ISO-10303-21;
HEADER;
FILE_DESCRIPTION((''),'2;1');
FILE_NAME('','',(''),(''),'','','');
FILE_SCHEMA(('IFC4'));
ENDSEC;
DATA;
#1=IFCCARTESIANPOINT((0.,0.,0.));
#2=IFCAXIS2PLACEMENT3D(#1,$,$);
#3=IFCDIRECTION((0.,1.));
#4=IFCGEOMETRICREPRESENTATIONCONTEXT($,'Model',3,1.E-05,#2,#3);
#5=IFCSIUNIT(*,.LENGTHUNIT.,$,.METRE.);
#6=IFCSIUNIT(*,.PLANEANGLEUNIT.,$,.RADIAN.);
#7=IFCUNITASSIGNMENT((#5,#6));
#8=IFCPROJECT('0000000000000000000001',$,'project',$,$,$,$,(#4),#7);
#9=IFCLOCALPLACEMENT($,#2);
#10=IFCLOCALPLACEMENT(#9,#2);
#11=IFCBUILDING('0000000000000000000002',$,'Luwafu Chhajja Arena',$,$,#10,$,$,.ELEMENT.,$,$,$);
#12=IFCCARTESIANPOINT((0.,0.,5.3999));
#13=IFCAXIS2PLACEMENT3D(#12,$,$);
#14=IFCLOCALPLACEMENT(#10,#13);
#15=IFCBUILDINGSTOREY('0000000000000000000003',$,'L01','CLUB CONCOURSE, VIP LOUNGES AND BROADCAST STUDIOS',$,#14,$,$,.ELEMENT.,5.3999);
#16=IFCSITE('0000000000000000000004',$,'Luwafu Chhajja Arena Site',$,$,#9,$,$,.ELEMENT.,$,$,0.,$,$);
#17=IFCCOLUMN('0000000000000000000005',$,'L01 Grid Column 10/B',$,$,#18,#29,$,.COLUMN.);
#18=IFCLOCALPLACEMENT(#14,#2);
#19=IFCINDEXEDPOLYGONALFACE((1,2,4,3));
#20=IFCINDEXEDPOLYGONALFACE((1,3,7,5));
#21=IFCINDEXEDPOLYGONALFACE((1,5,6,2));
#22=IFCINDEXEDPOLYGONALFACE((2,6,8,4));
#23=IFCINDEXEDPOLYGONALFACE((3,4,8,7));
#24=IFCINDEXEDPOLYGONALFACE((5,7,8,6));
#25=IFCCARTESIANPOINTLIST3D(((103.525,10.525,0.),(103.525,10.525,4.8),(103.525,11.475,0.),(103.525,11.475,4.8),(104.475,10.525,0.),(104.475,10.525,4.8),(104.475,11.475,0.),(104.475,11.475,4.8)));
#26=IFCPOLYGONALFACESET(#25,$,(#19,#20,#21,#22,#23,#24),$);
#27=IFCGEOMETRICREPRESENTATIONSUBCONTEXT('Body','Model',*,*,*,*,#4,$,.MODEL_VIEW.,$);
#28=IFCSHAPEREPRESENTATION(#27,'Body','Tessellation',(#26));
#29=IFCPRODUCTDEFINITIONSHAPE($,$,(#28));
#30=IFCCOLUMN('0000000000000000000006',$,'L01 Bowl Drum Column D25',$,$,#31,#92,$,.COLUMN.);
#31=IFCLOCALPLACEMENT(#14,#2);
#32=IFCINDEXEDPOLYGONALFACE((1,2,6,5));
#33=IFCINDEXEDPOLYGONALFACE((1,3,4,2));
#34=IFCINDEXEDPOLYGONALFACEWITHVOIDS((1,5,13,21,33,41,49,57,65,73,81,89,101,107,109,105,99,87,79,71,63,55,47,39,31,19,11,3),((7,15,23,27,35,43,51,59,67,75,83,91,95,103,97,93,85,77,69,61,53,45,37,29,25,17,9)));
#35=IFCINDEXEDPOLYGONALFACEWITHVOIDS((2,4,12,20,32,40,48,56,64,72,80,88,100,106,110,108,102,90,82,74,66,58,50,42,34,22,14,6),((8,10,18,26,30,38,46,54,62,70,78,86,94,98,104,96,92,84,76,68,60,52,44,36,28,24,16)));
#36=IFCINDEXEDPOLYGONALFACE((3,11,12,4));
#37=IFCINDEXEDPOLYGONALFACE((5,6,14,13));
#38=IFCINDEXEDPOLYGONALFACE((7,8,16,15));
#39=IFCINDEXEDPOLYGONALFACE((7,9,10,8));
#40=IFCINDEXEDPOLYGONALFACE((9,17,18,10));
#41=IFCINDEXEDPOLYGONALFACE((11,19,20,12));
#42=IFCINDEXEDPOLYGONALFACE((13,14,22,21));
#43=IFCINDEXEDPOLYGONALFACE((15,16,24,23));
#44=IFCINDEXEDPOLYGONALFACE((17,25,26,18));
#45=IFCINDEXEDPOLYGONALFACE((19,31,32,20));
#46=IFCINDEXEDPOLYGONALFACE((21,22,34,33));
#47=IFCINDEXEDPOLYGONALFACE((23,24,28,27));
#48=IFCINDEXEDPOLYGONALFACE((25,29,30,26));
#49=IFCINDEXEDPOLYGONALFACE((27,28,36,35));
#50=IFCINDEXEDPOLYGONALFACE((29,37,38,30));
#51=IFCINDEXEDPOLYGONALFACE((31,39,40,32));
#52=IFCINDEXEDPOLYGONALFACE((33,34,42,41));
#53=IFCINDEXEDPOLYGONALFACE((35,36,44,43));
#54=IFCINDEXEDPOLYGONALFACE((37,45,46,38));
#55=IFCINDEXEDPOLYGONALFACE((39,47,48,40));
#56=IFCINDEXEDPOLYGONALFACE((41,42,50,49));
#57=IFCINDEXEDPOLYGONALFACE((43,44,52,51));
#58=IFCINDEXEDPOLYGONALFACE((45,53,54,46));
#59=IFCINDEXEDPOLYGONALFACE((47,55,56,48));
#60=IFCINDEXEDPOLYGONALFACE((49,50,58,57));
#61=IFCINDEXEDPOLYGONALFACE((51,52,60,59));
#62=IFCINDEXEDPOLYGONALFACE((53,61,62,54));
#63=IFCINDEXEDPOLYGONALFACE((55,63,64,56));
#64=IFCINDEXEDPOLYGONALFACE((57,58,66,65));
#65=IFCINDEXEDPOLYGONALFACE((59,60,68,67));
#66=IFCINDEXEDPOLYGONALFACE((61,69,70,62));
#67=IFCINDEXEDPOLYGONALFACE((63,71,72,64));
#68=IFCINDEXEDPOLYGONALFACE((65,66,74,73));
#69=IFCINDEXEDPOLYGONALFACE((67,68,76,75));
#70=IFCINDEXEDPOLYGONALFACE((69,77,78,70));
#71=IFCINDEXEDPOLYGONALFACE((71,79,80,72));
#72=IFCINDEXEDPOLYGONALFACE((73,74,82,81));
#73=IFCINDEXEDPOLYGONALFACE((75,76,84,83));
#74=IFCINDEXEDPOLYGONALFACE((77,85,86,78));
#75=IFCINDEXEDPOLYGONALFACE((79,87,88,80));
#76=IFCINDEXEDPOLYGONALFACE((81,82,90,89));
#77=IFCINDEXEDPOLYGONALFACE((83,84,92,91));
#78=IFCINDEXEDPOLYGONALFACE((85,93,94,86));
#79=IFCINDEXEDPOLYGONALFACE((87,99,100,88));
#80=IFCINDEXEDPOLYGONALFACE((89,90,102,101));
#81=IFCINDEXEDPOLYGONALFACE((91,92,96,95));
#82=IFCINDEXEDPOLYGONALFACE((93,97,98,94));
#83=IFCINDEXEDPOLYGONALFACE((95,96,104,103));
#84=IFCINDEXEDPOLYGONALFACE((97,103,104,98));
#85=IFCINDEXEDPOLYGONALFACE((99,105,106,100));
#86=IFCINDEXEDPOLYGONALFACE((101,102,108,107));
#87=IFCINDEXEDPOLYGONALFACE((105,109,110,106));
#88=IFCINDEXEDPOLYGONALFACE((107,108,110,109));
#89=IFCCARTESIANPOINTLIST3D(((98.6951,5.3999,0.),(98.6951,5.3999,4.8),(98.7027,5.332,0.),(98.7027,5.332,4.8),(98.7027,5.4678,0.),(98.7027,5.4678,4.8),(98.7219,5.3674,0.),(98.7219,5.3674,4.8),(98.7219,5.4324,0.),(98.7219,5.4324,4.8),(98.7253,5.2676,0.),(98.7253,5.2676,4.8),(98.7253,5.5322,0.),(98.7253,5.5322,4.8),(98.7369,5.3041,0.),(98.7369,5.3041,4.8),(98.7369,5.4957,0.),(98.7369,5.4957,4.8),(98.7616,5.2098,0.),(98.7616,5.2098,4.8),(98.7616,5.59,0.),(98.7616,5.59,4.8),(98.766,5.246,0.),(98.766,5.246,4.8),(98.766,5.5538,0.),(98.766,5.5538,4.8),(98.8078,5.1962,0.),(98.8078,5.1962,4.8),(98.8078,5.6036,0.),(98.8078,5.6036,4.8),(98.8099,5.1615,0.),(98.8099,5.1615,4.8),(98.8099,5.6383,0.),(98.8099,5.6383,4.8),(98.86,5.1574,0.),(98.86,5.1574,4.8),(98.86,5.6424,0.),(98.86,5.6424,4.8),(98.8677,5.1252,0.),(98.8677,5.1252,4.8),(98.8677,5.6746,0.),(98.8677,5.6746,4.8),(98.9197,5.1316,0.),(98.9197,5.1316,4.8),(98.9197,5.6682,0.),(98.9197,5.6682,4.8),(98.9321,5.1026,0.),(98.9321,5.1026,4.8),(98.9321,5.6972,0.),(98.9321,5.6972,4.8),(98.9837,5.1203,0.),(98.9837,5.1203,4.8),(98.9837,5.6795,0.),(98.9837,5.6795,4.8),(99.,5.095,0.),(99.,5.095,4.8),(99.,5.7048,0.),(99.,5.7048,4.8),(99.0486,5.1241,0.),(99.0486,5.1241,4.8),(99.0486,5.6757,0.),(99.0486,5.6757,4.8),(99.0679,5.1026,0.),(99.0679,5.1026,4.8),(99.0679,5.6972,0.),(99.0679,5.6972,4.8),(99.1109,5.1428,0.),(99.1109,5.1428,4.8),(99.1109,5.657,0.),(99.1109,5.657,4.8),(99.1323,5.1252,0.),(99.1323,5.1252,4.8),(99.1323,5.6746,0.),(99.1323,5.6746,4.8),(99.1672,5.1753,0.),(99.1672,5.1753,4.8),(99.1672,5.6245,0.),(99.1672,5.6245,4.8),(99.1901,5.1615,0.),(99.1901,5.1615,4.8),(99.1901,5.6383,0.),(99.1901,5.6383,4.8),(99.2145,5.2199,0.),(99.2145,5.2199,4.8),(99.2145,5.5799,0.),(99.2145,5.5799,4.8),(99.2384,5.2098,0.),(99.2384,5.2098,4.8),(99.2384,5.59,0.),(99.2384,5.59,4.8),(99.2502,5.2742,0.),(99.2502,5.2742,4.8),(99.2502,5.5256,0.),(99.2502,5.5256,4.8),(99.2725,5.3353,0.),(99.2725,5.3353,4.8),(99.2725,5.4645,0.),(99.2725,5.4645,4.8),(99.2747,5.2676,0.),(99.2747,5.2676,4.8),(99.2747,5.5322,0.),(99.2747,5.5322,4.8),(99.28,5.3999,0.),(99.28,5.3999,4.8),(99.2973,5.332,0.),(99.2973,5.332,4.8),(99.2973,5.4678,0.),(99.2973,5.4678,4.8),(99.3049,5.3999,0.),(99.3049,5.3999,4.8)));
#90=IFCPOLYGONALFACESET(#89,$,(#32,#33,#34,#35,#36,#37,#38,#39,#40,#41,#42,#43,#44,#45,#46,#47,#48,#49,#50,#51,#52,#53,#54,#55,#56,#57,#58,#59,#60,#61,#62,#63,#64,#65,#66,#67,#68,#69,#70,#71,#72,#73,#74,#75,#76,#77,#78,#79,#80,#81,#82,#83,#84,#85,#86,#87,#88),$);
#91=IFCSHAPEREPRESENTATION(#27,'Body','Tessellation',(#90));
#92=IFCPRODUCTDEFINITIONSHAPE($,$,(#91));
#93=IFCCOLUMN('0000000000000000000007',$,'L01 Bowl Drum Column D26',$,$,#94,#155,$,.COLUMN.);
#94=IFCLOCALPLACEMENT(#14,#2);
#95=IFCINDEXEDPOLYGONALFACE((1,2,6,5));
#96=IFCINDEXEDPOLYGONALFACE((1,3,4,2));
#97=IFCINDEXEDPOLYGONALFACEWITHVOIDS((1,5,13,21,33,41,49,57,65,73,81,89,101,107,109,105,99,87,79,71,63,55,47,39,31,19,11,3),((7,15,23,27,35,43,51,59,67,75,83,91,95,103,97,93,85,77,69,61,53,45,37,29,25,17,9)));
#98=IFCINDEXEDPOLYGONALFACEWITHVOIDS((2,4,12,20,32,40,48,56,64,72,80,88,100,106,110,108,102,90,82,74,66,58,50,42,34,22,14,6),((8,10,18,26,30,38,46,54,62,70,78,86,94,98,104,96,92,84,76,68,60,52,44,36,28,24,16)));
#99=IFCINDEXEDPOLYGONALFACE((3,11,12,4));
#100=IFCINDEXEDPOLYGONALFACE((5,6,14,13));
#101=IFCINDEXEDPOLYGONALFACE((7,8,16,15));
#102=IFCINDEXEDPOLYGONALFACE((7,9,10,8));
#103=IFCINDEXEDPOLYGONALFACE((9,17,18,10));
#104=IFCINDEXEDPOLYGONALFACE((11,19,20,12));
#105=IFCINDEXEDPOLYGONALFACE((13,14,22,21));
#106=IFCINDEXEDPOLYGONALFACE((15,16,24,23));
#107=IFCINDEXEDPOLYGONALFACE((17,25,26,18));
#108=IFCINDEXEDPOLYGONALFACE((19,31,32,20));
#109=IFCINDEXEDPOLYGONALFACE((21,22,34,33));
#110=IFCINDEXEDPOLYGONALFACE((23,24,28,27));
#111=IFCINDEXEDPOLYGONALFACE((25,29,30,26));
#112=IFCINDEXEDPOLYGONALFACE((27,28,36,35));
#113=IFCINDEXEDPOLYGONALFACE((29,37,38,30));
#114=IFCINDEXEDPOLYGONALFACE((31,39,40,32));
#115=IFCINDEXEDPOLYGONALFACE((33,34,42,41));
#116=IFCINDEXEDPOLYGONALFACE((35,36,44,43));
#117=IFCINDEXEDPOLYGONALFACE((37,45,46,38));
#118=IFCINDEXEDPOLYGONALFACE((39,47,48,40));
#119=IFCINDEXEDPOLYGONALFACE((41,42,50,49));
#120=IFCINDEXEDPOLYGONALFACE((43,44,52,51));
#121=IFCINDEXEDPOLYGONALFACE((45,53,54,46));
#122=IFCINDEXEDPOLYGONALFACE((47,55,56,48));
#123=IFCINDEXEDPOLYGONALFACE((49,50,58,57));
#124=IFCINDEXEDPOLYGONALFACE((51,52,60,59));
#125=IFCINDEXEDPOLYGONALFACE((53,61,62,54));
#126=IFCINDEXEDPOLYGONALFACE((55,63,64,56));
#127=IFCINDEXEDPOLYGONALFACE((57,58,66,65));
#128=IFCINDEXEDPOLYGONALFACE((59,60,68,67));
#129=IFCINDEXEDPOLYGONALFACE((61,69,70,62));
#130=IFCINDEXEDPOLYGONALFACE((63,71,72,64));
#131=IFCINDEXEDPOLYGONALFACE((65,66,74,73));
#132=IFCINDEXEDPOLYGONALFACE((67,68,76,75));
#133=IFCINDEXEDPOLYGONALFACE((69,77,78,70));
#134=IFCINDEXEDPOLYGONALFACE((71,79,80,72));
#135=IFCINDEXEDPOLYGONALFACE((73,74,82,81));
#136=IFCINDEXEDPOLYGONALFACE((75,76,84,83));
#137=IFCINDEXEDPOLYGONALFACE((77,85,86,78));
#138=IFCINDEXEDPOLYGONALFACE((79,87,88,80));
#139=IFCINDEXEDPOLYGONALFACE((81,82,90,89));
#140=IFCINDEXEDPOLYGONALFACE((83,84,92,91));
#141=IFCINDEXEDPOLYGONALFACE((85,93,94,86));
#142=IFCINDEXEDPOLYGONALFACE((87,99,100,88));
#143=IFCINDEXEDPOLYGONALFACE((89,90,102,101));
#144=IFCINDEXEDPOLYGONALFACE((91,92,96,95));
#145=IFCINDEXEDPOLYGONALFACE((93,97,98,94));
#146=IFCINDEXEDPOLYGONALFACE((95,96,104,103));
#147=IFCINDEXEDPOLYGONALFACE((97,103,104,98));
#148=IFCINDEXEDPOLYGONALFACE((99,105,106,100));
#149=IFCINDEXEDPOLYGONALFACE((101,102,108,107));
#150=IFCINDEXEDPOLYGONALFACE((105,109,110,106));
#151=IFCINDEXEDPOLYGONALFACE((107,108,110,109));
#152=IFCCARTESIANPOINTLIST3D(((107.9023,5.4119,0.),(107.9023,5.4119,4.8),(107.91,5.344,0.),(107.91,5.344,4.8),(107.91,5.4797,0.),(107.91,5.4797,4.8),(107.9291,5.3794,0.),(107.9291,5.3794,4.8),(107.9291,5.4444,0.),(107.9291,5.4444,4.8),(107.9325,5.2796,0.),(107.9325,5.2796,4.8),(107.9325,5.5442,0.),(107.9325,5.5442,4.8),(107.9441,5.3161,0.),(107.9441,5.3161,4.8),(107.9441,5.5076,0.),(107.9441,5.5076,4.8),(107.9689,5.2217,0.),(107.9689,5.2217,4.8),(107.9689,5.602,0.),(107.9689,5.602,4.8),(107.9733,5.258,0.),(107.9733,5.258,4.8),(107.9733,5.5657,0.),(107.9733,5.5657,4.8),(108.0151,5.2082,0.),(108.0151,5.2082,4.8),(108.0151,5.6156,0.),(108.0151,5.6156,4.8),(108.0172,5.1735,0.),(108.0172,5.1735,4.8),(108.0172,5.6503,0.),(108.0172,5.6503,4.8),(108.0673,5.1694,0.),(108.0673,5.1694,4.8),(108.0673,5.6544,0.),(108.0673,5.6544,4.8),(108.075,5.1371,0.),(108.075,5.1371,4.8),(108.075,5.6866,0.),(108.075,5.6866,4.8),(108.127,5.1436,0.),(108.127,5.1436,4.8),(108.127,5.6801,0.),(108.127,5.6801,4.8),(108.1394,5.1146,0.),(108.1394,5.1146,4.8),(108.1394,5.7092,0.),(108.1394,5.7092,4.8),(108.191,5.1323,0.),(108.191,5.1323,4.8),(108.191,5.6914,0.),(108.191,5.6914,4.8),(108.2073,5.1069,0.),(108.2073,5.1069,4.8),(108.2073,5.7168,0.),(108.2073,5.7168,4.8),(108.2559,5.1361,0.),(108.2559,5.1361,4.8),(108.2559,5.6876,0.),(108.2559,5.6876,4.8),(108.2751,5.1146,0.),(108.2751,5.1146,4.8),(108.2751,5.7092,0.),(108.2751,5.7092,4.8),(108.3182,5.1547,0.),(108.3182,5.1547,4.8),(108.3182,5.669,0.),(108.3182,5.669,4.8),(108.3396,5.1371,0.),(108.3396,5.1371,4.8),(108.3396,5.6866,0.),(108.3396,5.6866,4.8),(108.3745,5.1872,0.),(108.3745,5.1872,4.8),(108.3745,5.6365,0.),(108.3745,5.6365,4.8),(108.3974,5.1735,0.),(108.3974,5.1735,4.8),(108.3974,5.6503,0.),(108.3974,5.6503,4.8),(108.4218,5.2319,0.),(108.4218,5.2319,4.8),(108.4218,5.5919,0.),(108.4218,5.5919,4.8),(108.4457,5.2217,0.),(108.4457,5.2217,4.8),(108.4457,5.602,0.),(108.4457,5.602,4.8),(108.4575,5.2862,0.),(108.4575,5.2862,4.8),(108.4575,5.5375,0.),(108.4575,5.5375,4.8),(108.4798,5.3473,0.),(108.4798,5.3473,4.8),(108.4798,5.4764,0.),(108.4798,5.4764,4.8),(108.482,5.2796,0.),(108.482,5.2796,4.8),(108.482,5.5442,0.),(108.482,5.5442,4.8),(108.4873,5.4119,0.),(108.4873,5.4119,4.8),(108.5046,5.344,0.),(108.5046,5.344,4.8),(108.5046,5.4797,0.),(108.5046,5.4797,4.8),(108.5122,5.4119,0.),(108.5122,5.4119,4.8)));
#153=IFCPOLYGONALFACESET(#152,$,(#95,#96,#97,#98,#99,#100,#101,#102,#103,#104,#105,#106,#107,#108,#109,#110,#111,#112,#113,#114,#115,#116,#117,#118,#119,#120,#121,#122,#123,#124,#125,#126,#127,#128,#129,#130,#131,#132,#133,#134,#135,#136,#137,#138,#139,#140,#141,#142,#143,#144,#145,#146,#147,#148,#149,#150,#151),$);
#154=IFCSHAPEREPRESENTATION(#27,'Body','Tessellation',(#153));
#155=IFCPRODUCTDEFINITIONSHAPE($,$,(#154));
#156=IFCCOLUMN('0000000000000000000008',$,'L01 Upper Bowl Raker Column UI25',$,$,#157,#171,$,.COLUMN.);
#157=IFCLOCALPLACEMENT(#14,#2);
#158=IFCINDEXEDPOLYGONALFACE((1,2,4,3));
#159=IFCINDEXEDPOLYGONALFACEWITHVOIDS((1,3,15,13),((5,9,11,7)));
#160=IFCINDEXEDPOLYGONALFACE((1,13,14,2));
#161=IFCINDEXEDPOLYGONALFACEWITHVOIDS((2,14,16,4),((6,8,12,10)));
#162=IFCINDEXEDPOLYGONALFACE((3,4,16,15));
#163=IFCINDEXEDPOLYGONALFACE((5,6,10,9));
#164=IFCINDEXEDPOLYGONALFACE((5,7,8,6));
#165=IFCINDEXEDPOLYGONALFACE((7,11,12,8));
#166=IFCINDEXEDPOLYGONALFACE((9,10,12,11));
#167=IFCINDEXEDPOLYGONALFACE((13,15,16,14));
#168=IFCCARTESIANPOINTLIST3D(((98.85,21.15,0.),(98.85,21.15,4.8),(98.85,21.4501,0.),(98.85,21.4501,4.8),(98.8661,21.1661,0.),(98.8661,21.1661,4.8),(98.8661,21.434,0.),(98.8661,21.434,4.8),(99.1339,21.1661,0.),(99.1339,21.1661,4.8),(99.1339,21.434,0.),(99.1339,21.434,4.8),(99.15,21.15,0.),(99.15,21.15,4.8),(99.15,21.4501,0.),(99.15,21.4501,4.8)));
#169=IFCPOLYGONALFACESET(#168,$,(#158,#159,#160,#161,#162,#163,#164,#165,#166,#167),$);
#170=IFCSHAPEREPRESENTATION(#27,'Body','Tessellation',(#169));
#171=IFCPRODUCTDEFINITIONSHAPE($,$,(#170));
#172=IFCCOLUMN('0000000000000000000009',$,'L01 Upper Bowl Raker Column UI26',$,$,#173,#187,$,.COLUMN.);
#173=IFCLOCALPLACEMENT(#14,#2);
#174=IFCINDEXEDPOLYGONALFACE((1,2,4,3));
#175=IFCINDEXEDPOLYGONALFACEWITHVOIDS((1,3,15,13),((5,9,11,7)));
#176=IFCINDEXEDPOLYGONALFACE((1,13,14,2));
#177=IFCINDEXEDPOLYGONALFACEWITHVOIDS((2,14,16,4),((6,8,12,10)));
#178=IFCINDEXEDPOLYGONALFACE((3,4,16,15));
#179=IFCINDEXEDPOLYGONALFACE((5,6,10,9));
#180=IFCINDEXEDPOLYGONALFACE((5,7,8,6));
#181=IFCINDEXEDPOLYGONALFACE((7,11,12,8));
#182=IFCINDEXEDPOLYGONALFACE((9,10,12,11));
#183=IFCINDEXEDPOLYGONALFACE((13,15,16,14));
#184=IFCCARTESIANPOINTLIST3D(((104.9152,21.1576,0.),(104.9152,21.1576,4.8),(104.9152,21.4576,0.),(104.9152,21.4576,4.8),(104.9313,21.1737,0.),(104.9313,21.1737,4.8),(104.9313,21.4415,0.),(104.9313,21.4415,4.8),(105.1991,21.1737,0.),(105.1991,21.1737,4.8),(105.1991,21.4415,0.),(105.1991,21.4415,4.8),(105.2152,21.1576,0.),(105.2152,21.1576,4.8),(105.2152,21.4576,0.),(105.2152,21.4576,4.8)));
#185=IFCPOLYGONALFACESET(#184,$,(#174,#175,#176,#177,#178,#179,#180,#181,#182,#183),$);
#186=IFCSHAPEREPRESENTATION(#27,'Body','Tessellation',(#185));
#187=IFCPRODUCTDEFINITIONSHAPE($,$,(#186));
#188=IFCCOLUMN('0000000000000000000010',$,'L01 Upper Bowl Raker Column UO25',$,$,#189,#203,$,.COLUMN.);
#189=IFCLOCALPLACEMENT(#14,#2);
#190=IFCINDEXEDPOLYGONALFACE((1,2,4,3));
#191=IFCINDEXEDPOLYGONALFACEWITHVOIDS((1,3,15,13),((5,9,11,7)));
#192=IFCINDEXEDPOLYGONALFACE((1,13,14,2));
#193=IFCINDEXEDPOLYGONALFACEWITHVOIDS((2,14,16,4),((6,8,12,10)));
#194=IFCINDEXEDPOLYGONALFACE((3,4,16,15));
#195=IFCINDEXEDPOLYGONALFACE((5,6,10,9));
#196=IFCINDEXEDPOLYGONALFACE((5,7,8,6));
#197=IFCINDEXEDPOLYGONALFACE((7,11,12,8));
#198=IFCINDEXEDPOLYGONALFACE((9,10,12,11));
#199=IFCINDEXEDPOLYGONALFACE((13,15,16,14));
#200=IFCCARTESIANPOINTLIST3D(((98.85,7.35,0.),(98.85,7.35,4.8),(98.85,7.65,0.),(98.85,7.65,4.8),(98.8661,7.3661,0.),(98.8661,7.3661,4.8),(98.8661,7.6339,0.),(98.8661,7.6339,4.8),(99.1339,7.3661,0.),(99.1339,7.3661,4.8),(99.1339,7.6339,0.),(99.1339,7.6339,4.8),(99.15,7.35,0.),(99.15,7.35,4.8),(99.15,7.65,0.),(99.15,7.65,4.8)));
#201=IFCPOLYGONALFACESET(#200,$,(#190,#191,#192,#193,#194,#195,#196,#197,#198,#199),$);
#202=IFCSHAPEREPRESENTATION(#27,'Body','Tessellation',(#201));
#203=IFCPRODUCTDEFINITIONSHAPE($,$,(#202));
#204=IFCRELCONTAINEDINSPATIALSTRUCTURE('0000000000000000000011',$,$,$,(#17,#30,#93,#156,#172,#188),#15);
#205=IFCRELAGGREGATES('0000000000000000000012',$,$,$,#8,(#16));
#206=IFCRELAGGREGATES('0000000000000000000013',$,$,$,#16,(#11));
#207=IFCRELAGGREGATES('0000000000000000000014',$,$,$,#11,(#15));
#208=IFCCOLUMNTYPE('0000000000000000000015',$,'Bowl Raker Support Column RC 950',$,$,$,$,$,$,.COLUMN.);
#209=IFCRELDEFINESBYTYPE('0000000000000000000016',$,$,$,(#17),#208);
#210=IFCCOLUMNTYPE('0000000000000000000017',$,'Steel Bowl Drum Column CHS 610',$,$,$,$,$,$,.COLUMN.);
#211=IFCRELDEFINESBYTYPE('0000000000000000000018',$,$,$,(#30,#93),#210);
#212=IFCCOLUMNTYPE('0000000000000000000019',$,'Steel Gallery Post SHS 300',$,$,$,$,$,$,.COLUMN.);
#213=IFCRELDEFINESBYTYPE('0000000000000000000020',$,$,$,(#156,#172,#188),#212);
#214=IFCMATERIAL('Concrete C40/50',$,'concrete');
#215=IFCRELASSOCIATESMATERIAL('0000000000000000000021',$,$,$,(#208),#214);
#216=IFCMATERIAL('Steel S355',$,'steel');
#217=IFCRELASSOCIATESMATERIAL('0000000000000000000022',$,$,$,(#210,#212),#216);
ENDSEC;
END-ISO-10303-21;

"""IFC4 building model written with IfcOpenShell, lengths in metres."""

from ifc_helpers import new_model, si_unit, direction, frame, origin, origin_2d, place, context, subcontext, project, spatial, rectangle, hollow_rectangle, hollow_circle, extrude, material, material_profile, profile_set, type_object, element, save


model = new_model("IFC4")

# Units and contexts
model_context = context("Model", 3, precision=1e-05, world=origin(), true_north=direction((0.0, 1.0)))
body_context = subcontext(model_context, "Body", "Model", "MODEL_VIEW")
ifc_project = project(units=[si_unit("LENGTHUNIT", "METRE"), si_unit("PLANEANGLEUNIT", "RADIAN")], contexts=[model_context])

# Site, building, storey
site_placement = place(None, origin())
site = spatial("IfcSite", under=ifc_project, at=site_placement, Name="Luwafu Chhajja Arena Site", CompositionType="ELEMENT", RefElevation=0.0)
building_placement = place(site_placement, origin())
building = spatial("IfcBuilding", under=site, at=building_placement, Name="Luwafu Chhajja Arena", CompositionType="ELEMENT")
storey_placement = place(building_placement, frame((0.0, 0.0, 5.3999)))
storey = spatial("IfcBuildingStorey", under=building, at=storey_placement, Name="L01", Description="CLUB CONCOURSE, VIP LOUNGES AND BROADCAST STUDIOS", CompositionType="ELEMENT", Elevation=5.3999)

# Columns
ifc_material_1 = material(Name="Concrete C40/50", Category="concrete")
ifc_material_profile_1 = material_profile(ifc_material_1, rectangle(XDim=0.95, YDim=0.95, at=origin_2d()), Name="RC 950x950")
ifc_profile_set_1 = profile_set([ifc_material_profile_1], Name="Concrete C40/50")
column_type_1 = type_object("IfcColumnType", Name="Bowl Raker Support Column RC 950", PredefinedType="COLUMN", material=ifc_profile_set_1)
column_placement = place(storey_placement, frame((104.0, 11.0, 0.0), z_axis=(0.0, 0.0, 1.0), x_axis=(1.0, 0.0, 0.0)))
element("IfcColumn", 1, at=column_placement, inside=storey, type_object=column_type_1, Name="L01 Grid Column 10/B", PredefinedType="COLUMN", context=body_context, shape_type="SweptSolid", body=[
    extrude(rectangle(XDim=0.95, YDim=0.95, at=origin_2d()), origin(), (0.0, 0.0, 1.0), 4.8),
])
ifc_material_2 = material(Name="Steel S355", Category="steel")
ifc_material_profile_2 = material_profile(ifc_material_2, hollow_circle(Radius=0.3049, WallThickness=0.0249, at=origin_2d()), Name="CHS 610x25")
ifc_profile_set_2 = profile_set([ifc_material_profile_2], Name="Steel S355")
column_type_2 = type_object("IfcColumnType", Name="Steel Bowl Drum Column CHS 610", PredefinedType="COLUMN", material=ifc_profile_set_2)
for number, where, z_axis, x_axis, name in (
    (2, (99.0, 5.3999, 0.0), (0.0, 0.0, 1.0), (1.0, 0.0, 0.0), "L01 Bowl Drum Column D25"),
    (3, (108.2073, 5.4119, 0.0), (0.0, 0.0, 1.0), (1.0, 0.0, 0.0), "L01 Bowl Drum Column D26"),
):
    element("IfcColumn", number, at=place(storey_placement, frame(where, z_axis=z_axis, x_axis=x_axis)), inside=storey, type_object=column_type_2, Name=name, PredefinedType="COLUMN", context=body_context, shape_type="SweptSolid", body=[
        extrude(hollow_circle(Radius=0.3049, WallThickness=0.0249, at=origin_2d()), origin(), (0.0, 0.0, 1.0), 4.8),
    ])
ifc_material_profile_3 = material_profile(ifc_material_2, hollow_rectangle(XDim=0.3, YDim=0.3, WallThickness=0.0161, at=origin_2d()), Name="SHS 300x300x16")
ifc_profile_set_3 = profile_set([ifc_material_profile_3], Name="Steel S355")
column_type_3 = type_object("IfcColumnType", Name="Steel Gallery Post SHS 300", PredefinedType="COLUMN", material=ifc_profile_set_3)
for number, where, z_axis, x_axis, name in (
    (4, (99.0, 21.3, 0.0), (0.0, 0.0, 1.0), (1.0, 0.0, 0.0), "L01 Upper Bowl Raker Column UI25"),
    (5, (105.0652, 21.3076, 0.0), (0.0, 0.0, 1.0), (1.0, 0.0, 0.0), "L01 Upper Bowl Raker Column UI26"),
    (6, (99.0, 7.5, 0.0), (0.0, 0.0, 1.0), (1.0, 0.0, 0.0), "L01 Upper Bowl Raker Column UO25"),
):
    element("IfcColumn", number, at=place(storey_placement, frame(where, z_axis=z_axis, x_axis=x_axis)), inside=storey, type_object=column_type_3, Name=name, PredefinedType="COLUMN", context=body_context, shape_type="SweptSolid", body=[
        extrude(hollow_rectangle(XDim=0.3, YDim=0.3, WallThickness=0.0161, at=origin_2d()), origin(), (0.0, 0.0, 1.0), 4.8),
    ])

save(model, "model.ifc")
